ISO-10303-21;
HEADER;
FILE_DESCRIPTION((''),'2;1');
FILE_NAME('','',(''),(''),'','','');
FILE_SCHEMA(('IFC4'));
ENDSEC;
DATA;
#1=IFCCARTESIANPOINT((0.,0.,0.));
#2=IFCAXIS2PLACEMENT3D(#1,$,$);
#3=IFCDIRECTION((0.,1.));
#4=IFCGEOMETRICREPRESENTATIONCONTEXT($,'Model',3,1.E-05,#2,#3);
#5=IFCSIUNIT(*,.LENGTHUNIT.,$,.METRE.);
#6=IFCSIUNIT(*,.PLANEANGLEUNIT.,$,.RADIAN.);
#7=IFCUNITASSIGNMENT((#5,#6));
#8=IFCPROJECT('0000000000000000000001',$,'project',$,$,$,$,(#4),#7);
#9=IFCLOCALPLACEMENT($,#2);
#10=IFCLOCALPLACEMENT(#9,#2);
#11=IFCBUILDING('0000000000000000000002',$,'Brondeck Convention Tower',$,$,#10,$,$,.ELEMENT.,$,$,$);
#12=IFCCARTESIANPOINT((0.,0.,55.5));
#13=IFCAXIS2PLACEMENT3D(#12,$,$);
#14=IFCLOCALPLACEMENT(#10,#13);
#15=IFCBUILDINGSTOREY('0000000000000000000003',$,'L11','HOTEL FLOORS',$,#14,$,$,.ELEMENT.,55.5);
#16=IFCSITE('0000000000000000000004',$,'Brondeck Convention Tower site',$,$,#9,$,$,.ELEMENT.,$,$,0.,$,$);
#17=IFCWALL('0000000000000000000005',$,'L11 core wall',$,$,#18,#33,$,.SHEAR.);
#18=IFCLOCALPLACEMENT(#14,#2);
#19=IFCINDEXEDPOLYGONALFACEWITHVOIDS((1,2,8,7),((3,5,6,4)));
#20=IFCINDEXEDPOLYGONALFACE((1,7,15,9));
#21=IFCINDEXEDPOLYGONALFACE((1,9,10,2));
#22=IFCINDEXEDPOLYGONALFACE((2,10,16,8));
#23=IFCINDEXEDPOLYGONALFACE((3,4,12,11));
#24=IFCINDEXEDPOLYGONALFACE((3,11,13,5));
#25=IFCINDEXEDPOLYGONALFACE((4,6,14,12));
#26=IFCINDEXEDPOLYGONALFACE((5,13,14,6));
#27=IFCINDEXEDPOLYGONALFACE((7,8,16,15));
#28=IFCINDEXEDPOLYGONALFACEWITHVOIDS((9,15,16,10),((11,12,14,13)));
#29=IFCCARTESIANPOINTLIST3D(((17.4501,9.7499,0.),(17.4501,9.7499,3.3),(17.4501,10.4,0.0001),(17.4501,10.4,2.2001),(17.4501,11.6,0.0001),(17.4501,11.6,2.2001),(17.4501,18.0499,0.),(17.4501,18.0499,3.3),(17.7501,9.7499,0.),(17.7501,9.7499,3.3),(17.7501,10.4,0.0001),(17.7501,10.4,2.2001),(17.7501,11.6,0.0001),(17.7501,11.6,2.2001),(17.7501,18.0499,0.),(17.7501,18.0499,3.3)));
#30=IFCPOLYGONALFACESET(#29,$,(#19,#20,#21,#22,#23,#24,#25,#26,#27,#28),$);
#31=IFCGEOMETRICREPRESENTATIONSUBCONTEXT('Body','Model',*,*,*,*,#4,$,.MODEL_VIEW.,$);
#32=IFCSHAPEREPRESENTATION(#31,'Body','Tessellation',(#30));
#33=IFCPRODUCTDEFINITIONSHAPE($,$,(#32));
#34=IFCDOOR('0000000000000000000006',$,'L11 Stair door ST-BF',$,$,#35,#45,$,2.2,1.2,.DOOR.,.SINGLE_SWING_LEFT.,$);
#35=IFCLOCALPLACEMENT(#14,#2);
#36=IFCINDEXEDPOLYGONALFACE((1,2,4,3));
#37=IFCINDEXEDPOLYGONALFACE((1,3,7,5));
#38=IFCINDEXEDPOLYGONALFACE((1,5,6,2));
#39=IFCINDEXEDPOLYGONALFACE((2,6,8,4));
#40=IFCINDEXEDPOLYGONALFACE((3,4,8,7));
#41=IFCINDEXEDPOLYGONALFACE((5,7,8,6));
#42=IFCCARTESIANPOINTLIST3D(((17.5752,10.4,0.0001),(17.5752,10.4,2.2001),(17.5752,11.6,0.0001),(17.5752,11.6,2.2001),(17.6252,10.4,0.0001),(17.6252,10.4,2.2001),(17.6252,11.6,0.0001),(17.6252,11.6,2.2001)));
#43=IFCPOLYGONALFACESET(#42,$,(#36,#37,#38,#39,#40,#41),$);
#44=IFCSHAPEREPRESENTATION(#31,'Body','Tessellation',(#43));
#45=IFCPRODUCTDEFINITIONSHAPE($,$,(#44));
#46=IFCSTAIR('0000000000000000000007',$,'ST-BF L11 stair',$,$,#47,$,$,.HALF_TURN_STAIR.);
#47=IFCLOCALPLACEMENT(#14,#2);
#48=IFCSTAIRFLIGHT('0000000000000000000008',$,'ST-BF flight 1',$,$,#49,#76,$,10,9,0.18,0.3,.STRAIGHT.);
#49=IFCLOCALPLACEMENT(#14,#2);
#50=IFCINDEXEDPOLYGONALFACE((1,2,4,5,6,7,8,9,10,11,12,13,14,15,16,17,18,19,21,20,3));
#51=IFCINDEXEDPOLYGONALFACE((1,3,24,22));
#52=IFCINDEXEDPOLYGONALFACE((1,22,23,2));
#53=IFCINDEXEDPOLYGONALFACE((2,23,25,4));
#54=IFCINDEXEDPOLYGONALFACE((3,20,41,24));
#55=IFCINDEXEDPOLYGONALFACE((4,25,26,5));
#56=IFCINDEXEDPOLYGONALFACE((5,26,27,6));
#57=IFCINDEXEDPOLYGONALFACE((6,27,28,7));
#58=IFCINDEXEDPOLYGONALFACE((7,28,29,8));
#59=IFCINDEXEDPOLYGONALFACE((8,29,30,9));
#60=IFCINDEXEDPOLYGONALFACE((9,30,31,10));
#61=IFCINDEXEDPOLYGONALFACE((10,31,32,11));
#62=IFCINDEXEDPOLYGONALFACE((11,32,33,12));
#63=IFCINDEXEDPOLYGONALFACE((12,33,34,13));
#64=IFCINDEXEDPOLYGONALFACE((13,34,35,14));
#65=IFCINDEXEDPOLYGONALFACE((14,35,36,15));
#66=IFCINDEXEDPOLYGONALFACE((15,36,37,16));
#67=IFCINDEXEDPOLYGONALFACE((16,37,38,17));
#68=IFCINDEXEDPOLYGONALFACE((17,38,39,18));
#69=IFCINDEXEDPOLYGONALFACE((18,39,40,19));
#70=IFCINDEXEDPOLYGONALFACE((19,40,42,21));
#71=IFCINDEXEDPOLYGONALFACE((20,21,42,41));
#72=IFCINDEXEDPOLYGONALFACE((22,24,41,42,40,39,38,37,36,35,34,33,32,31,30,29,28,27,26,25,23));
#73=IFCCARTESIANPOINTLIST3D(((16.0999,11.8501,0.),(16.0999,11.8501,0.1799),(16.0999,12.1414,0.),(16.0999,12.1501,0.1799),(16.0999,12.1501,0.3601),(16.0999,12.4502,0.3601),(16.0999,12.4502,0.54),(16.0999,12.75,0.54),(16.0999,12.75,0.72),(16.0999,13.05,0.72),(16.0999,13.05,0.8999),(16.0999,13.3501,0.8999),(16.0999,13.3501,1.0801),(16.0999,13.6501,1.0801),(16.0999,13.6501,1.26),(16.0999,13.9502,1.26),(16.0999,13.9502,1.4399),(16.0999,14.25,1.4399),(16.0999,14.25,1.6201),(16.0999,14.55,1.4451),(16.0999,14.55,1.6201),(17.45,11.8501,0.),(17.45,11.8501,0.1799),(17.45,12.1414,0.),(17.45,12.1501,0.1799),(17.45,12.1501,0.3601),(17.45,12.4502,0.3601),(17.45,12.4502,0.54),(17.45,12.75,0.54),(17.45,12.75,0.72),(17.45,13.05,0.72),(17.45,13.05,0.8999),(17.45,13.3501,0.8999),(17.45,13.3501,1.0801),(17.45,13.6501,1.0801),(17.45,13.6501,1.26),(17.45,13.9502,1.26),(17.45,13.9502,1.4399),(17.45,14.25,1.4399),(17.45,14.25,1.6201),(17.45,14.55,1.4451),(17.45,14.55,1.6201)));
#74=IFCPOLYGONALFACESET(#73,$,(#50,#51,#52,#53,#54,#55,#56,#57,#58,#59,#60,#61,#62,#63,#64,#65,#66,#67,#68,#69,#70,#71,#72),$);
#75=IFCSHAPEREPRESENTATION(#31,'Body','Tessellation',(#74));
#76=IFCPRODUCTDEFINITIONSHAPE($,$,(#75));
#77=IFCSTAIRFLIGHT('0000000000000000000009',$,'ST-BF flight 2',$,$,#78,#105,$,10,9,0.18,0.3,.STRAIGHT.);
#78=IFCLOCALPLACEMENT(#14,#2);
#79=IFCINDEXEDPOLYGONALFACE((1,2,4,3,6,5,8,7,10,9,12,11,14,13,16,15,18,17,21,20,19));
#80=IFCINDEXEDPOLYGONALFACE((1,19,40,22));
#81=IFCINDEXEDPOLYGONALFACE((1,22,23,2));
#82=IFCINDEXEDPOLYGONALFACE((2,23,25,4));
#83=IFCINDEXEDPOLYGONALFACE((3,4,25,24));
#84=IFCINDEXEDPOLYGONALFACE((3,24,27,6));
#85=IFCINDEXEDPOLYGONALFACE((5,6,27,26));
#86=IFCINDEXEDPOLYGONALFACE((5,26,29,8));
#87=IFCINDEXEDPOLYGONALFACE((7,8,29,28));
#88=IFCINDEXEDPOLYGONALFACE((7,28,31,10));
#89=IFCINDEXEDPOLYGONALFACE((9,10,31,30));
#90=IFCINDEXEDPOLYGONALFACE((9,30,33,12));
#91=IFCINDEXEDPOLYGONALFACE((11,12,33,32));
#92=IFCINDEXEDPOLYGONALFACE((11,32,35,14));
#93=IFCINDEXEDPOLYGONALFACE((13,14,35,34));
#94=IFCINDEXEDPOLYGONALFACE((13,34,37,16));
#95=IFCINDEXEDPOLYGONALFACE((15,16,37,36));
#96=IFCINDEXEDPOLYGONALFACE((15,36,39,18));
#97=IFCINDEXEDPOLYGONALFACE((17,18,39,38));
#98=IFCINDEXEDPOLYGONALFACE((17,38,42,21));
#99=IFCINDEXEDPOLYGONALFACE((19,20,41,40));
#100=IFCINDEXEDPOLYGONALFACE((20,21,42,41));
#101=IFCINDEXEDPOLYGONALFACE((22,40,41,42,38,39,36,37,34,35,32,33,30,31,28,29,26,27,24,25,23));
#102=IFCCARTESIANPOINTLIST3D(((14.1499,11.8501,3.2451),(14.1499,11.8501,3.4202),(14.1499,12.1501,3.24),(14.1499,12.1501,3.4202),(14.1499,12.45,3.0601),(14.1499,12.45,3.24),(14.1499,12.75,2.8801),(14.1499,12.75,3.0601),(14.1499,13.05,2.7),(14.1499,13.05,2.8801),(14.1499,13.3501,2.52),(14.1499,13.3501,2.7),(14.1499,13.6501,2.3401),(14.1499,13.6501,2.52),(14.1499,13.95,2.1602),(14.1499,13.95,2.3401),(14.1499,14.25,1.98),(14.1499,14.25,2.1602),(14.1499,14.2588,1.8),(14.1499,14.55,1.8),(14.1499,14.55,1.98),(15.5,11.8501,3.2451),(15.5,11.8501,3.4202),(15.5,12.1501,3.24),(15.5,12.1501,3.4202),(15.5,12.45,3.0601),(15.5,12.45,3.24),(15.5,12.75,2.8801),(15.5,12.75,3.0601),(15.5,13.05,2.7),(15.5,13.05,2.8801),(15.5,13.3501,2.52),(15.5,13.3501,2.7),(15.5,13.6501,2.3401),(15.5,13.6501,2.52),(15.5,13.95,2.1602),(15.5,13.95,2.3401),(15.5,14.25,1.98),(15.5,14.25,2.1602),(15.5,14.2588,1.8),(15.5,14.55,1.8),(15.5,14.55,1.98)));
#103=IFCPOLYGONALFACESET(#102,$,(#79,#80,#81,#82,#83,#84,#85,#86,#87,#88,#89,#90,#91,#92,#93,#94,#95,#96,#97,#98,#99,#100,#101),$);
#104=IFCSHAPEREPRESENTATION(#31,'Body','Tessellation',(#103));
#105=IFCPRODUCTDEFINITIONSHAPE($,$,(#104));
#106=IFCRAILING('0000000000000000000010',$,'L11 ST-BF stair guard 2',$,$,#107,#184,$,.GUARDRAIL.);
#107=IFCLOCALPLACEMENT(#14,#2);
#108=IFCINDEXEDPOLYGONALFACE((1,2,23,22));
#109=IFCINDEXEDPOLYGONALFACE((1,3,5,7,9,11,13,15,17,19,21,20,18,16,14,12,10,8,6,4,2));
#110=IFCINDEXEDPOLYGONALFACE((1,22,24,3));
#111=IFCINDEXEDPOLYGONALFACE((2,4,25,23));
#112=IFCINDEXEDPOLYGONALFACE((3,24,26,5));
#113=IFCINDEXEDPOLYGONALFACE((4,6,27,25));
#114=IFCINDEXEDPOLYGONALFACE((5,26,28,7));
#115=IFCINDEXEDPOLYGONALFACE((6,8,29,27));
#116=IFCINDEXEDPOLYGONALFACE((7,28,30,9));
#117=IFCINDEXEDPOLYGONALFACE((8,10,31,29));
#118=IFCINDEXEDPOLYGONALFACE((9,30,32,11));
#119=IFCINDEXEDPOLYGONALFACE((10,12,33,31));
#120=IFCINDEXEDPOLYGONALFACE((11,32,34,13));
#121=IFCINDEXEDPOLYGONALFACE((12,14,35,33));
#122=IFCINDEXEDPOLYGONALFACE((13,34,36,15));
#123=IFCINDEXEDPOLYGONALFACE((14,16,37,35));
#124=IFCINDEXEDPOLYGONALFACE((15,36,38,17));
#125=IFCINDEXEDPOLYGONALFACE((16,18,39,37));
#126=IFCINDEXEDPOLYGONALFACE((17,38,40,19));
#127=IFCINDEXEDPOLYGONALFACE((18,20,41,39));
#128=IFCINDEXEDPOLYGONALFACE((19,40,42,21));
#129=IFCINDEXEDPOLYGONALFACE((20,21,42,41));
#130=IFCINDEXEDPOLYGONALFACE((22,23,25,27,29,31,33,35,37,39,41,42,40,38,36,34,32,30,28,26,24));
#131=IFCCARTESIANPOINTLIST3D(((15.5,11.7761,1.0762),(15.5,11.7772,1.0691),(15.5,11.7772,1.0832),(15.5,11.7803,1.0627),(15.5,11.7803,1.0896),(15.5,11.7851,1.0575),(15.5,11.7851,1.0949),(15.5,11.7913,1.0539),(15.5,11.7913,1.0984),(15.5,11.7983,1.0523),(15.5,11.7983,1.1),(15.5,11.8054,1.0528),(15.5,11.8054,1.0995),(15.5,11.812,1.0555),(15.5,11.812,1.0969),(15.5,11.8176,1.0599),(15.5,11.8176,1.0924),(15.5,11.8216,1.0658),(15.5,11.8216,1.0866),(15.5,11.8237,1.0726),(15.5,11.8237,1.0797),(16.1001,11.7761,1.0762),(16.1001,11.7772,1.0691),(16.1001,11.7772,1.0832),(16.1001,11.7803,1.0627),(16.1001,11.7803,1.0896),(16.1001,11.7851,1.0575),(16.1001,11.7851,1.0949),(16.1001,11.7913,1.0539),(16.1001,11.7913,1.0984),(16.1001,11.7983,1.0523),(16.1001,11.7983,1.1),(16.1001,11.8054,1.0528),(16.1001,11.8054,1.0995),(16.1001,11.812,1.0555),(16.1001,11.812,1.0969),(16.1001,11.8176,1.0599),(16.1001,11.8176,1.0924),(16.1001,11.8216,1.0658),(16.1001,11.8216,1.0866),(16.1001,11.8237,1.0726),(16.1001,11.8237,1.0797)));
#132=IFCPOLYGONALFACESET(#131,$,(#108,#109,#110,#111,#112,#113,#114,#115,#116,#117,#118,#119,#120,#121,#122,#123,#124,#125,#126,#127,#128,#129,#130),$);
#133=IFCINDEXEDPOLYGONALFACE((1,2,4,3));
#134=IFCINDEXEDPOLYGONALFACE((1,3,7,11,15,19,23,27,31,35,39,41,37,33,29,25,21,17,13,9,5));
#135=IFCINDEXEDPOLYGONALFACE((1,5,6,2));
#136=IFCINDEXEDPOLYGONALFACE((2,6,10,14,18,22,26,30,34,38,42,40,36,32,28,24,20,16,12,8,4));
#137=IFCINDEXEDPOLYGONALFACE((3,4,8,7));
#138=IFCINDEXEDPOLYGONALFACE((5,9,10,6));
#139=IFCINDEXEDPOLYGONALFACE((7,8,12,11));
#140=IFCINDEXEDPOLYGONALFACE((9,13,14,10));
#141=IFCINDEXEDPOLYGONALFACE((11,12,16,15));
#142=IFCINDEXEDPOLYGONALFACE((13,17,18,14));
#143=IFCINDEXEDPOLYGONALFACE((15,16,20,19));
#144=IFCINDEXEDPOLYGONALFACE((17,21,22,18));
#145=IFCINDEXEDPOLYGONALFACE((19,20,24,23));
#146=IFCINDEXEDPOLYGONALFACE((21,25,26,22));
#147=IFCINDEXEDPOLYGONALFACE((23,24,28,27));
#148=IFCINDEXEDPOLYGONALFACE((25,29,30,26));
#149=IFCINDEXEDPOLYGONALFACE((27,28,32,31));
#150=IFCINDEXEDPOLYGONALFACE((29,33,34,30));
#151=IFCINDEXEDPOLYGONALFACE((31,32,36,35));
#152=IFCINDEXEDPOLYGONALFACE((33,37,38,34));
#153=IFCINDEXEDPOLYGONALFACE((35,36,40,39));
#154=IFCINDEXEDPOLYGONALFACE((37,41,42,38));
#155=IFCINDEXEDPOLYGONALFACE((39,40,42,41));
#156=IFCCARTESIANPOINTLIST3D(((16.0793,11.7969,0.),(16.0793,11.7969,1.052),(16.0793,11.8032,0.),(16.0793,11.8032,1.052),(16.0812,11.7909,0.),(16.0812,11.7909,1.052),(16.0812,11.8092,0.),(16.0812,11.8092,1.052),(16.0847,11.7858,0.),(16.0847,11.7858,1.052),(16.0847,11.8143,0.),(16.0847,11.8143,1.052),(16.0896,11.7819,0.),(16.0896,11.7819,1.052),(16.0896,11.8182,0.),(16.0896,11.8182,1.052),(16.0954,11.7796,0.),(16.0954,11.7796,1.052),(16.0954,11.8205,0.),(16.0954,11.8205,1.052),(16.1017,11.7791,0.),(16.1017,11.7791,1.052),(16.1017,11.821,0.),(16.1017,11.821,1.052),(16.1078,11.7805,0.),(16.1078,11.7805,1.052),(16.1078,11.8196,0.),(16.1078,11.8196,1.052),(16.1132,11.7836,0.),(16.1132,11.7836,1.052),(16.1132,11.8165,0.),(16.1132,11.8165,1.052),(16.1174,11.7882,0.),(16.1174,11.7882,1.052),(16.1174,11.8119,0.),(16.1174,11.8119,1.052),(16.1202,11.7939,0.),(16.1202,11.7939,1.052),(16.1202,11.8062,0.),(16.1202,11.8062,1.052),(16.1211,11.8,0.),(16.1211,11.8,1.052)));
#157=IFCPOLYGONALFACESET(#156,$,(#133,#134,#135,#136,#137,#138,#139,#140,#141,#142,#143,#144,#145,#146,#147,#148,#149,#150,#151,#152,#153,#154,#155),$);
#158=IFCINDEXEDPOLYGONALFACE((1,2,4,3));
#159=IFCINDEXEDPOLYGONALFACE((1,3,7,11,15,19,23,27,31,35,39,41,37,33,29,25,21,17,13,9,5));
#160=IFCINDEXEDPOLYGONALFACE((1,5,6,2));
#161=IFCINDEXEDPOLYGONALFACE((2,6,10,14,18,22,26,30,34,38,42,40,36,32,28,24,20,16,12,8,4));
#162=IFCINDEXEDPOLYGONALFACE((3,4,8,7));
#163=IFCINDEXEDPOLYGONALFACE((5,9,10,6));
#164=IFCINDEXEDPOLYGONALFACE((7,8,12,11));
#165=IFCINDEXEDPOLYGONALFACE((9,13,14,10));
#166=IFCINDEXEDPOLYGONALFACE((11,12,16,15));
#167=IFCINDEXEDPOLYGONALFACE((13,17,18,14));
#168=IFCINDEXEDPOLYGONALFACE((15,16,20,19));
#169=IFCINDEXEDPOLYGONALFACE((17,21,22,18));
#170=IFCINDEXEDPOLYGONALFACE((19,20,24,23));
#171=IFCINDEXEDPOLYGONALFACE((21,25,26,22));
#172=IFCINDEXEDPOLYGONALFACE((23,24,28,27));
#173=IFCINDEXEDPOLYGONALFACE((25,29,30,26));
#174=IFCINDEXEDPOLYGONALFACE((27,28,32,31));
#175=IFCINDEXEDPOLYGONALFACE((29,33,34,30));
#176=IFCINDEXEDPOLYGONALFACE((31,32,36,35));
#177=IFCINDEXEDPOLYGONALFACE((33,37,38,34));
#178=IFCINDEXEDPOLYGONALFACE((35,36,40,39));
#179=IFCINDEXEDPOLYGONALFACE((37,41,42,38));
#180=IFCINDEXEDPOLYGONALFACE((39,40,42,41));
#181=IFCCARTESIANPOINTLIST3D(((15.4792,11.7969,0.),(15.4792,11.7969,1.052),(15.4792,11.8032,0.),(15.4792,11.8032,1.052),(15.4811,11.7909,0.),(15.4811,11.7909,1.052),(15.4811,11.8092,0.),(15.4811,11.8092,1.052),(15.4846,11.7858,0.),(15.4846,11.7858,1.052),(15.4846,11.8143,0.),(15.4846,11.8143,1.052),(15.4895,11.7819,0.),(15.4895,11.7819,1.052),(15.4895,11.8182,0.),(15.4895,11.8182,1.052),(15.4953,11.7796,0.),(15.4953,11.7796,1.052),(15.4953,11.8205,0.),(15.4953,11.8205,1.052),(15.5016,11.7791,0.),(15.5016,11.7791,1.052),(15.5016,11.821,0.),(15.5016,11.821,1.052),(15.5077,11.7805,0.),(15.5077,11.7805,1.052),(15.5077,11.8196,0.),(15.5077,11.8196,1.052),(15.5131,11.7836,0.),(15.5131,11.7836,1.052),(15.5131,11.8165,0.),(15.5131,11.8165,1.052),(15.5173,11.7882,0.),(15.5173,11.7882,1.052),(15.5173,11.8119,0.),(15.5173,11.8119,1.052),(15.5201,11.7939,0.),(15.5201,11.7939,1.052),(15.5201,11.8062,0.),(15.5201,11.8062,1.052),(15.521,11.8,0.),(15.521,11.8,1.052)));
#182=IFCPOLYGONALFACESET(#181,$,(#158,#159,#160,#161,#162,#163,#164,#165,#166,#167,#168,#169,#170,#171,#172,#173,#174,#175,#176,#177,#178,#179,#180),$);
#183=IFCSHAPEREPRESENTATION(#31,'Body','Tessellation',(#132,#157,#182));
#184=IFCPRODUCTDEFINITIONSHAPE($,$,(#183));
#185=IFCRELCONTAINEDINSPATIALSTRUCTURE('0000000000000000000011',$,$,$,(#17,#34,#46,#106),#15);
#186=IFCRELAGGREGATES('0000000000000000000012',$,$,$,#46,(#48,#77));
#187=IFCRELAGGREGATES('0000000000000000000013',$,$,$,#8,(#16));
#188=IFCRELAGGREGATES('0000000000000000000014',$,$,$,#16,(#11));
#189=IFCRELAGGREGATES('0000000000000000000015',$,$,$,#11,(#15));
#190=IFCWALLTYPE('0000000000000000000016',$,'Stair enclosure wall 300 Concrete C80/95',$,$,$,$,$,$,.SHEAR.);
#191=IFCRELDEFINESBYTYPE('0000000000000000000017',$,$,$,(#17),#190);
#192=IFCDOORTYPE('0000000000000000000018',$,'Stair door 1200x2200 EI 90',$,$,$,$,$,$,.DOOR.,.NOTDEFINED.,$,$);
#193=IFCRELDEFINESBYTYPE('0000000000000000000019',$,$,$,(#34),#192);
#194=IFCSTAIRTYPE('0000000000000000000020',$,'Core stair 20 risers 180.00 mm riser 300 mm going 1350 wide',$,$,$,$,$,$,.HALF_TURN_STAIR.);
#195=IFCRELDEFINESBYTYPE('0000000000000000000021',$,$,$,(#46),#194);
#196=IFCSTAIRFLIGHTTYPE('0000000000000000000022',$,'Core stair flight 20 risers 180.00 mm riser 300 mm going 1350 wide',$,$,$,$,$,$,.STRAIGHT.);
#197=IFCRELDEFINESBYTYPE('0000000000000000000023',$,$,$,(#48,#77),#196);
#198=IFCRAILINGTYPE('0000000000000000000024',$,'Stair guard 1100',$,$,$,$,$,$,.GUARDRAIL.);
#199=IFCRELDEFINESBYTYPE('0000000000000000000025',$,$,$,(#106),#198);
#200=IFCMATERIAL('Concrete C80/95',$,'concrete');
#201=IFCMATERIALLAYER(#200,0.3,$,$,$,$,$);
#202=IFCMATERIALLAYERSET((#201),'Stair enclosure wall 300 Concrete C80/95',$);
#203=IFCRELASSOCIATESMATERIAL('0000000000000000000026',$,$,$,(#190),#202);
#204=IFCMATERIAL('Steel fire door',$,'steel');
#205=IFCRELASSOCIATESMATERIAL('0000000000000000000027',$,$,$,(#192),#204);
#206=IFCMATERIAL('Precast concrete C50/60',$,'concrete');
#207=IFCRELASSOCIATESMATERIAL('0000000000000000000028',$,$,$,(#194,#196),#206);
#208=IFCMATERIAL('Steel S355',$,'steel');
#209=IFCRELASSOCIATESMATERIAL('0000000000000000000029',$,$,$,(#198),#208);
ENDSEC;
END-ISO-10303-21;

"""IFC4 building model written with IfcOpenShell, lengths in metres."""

from ifc_helpers import new_model, si_unit, direction, frame, frame_2d, origin, origin_2d, place, context, subcontext, project, spatial, polyline, rectangle, circle, outline, extrude, material, layer, layer_set, type_object, element, fill, aggregate, save


model = new_model("IFC4")

# Units and contexts
model_context = context("Model", 3, precision=1e-05, world=origin(), true_north=direction((0.0, 1.0)))
body_context = subcontext(model_context, "Body", "Model", "MODEL_VIEW")
ifc_project = project(units=[si_unit("LENGTHUNIT", "METRE"), si_unit("PLANEANGLEUNIT", "RADIAN")], contexts=[model_context])

# Site, building, storey
site_placement = place(None, origin())
site = spatial("IfcSite", under=ifc_project, at=site_placement, Name="Brondeck Convention Tower site", CompositionType="ELEMENT", RefElevation=0.0)
building_placement = place(site_placement, origin())
building = spatial("IfcBuilding", under=site, at=building_placement, Name="Brondeck Convention Tower", CompositionType="ELEMENT")
storey_placement = place(building_placement, frame((0.0, 0.0, 55.5)))
storey = spatial("IfcBuildingStorey", under=building, at=storey_placement, Name="L11", Description="HOTEL FLOORS", CompositionType="ELEMENT", Elevation=55.5)

# Shared definitions
ifc_material_1 = material(Name="Concrete C80/95", Category="concrete")

# Shared definitions
ifc_material_2 = material(Name="Steel S355", Category="steel")

# Shared definitions
ifc_layer_1 = layer(ifc_material_1, 0.3)
ifc_layer_set_1 = layer_set([ifc_layer_1], Name="Stair enclosure wall 300 Concrete C80/95")
wall_type_1 = type_object("IfcWallType", Name="Stair enclosure wall 300 Concrete C80/95", PredefinedType="SHEAR", material=ifc_layer_set_1)

# Wall, opening, door
wall_1_placement = place(storey_placement, frame((17.6001, 9.75, 0.0), z_axis=(0.0, 0.0, 1.0), x_axis=(0.0, 1.0, 0.0)))
wall_1 = element("IfcWall", 1, at=wall_1_placement, inside=storey, type_object=wall_type_1, Name="L11 core wall", PredefinedType="SHEAR", context=body_context, shape_type="SweptSolid", body=[
    extrude(rectangle(XDim=8.3, YDim=0.3, at=frame_2d((4.1499, 0.0))), origin(), (0.0, 0.0, 1.0), 3.3),
])
opening_1_placement = place(wall_1_placement, frame((0.6499, 0.0, 0.0)))
opening_1 = element("IfcOpeningElement", 2, at=opening_1_placement, cuts=wall_1, PredefinedType="OPENING", context=body_context, shape_type="SweptSolid", body=[
    extrude(rectangle(XDim=1.2, YDim=2.2, at=frame_2d((0.6001, 1.1001))), frame((0.0, 0.1599, 0.0), z_axis=(0.0, -1.0, 0.0), x_axis=(1.0, 0.0, 0.0)), (0.0, 0.0, 1.0), 0.3201),
])
ifc_material_3 = material(Name="Steel fire door", Category="steel")
door_type_1 = type_object("IfcDoorType", Name="Stair door 1200x2200 EI 90", OperationType="NOTDEFINED", PredefinedType="DOOR", material=ifc_material_3)
door_1_placement = place(opening_1_placement, origin())
door_1 = element("IfcDoor", 3, at=door_1_placement, inside=storey, type_object=door_type_1, Name="L11 Stair door ST-BF", OperationType="SINGLE_SWING_LEFT", OverallHeight=2.2, OverallWidth=1.2, PredefinedType="DOOR", context=body_context, shape_type="SweptSolid", body=[
    extrude(rectangle(XDim=1.2, YDim=2.2, at=frame_2d((0.6001, 1.1001))), frame((0.0, 0.0249, 0.0), z_axis=(0.0, -1.0, 0.0), x_axis=(1.0, 0.0, 0.0)), (0.0, 0.0, 1.0), 0.05),
])
fill(opening_1, door_1)

# Stair, stair flights
ifc_material_4 = material(Name="Precast concrete C50/60", Category="concrete")
stair_type = type_object("IfcStairType", Name="Core stair 20 risers 180.00 mm riser 300 mm going 1350 wide", PredefinedType="HALF_TURN_STAIR", material=ifc_material_4)
stair_placement = place(storey_placement, origin())
stair = element("IfcStair", 4, at=stair_placement, inside=storey, type_object=stair_type, Name="ST-BF L11 stair", PredefinedType="HALF_TURN_STAIR")
stair_flight_type = type_object("IfcStairFlightType", Name="Core stair flight 20 risers 180.00 mm riser 300 mm going 1350 wide", PredefinedType="STRAIGHT", material=ifc_material_4)
stair_flight_1_placement = place(storey_placement, frame((16.7749, 11.8501, 0.0), z_axis=(0.0, 0.0, 1.0), x_axis=(0.0, 1.0, 0.0)))
stair_flight_1 = element("IfcStairFlight", 5, at=stair_flight_1_placement, type_object=stair_flight_type, Name="ST-BF flight 1", NumberOfRisers=10, NumberOfTreads=9, PredefinedType="STRAIGHT", RiserHeight=0.18, TreadLength=0.3, context=body_context, shape_type="SweptSolid", body=[
    extrude(outline(polyline([(0.0, 0.0), (0.0, 0.1799), (0.3, 0.1799), (0.3, 0.3601), (0.6001, 0.3601), (0.6001, 0.54), (0.8999, 0.54), (0.8999, 0.72), (1.2, 0.72), (1.2, 0.8999), (1.5, 0.8999), (1.5, 1.0801), (1.8, 1.0801), (1.8, 1.26), (2.1001, 1.26), (2.1001, 1.4399), (2.3999, 1.4399), (2.3999, 1.6201), (2.7, 1.6201), (2.7, 1.8), (2.7, 1.4451), (0.2913, 0.0), (0.0, 0.0)])), frame((0.0, 0.675, 0.0), z_axis=(0.0, -1.0, 0.0), x_axis=(1.0, 0.0, 0.0)), (0.0, 0.0, 1.0), 1.3501),
])
stair_flight_2_placement = place(storey_placement, frame((14.825, 14.55, 1.8), z_axis=(0.0, 0.0, 1.0), x_axis=(0.0, -1.0, 0.0)))
stair_flight_2 = element("IfcStairFlight", 6, at=stair_flight_2_placement, type_object=stair_flight_type, Name="ST-BF flight 2", NumberOfRisers=10, NumberOfTreads=9, PredefinedType="STRAIGHT", RiserHeight=0.18, TreadLength=0.3, context=body_context, shape_type="SweptSolid", body=[
    extrude(outline(polyline([(0.0, 0.0), (0.0, 0.1799), (0.3, 0.1799), (0.3, 0.3601), (0.6001, 0.3601), (0.6001, 0.54), (0.8999, 0.54), (0.8999, 0.72), (1.2, 0.72), (1.2, 0.8999), (1.5, 0.8999), (1.5, 1.0801), (1.8, 1.0801), (1.8, 1.26), (2.1001, 1.26), (2.1001, 1.4399), (2.3999, 1.4399), (2.3999, 1.6201), (2.7, 1.6201), (2.7, 1.8), (2.7, 1.4451), (0.2913, 0.0), (0.0, 0.0)])), frame((0.0, 0.675, 0.0), z_axis=(0.0, -1.0, 0.0), x_axis=(1.0, 0.0, 0.0)), (0.0, 0.0, 1.0), 1.3501),
])
aggregate(stair, [stair_flight_1, stair_flight_2])

# Railing
railing_type_1 = type_object("IfcRailingType", Name="Stair guard 1100", PredefinedType="GUARDRAIL", material=ifc_material_2)
railing_1_placement = place(storey_placement, frame((16.1001, 11.8, 0.0)))
element("IfcRailing", 7, at=railing_1_placement, inside=storey, type_object=railing_type_1, Name="L11 ST-BF stair guard 2", PredefinedType="GUARDRAIL", context=body_context, shape_type="SweptSolid", body=[
    extrude(circle(Radius=0.0239, at=origin_2d()), frame((0.0, 0.0, 1.0762), z_axis=(-1.0, 0.0, 0.0), x_axis=(0.0, -1.0, 0.0)), (0.0, 0.0, 1.0), 0.6001),
    extrude(circle(Radius=0.021, at=origin_2d()), origin(), (0.0, 0.0, 1.0), 1.052),
    extrude(circle(Radius=0.021, at=origin_2d()), frame((-0.6001, 0.0, 0.0)), (0.0, 0.0, 1.0), 1.052),
])

save(model, "model.ifc")
